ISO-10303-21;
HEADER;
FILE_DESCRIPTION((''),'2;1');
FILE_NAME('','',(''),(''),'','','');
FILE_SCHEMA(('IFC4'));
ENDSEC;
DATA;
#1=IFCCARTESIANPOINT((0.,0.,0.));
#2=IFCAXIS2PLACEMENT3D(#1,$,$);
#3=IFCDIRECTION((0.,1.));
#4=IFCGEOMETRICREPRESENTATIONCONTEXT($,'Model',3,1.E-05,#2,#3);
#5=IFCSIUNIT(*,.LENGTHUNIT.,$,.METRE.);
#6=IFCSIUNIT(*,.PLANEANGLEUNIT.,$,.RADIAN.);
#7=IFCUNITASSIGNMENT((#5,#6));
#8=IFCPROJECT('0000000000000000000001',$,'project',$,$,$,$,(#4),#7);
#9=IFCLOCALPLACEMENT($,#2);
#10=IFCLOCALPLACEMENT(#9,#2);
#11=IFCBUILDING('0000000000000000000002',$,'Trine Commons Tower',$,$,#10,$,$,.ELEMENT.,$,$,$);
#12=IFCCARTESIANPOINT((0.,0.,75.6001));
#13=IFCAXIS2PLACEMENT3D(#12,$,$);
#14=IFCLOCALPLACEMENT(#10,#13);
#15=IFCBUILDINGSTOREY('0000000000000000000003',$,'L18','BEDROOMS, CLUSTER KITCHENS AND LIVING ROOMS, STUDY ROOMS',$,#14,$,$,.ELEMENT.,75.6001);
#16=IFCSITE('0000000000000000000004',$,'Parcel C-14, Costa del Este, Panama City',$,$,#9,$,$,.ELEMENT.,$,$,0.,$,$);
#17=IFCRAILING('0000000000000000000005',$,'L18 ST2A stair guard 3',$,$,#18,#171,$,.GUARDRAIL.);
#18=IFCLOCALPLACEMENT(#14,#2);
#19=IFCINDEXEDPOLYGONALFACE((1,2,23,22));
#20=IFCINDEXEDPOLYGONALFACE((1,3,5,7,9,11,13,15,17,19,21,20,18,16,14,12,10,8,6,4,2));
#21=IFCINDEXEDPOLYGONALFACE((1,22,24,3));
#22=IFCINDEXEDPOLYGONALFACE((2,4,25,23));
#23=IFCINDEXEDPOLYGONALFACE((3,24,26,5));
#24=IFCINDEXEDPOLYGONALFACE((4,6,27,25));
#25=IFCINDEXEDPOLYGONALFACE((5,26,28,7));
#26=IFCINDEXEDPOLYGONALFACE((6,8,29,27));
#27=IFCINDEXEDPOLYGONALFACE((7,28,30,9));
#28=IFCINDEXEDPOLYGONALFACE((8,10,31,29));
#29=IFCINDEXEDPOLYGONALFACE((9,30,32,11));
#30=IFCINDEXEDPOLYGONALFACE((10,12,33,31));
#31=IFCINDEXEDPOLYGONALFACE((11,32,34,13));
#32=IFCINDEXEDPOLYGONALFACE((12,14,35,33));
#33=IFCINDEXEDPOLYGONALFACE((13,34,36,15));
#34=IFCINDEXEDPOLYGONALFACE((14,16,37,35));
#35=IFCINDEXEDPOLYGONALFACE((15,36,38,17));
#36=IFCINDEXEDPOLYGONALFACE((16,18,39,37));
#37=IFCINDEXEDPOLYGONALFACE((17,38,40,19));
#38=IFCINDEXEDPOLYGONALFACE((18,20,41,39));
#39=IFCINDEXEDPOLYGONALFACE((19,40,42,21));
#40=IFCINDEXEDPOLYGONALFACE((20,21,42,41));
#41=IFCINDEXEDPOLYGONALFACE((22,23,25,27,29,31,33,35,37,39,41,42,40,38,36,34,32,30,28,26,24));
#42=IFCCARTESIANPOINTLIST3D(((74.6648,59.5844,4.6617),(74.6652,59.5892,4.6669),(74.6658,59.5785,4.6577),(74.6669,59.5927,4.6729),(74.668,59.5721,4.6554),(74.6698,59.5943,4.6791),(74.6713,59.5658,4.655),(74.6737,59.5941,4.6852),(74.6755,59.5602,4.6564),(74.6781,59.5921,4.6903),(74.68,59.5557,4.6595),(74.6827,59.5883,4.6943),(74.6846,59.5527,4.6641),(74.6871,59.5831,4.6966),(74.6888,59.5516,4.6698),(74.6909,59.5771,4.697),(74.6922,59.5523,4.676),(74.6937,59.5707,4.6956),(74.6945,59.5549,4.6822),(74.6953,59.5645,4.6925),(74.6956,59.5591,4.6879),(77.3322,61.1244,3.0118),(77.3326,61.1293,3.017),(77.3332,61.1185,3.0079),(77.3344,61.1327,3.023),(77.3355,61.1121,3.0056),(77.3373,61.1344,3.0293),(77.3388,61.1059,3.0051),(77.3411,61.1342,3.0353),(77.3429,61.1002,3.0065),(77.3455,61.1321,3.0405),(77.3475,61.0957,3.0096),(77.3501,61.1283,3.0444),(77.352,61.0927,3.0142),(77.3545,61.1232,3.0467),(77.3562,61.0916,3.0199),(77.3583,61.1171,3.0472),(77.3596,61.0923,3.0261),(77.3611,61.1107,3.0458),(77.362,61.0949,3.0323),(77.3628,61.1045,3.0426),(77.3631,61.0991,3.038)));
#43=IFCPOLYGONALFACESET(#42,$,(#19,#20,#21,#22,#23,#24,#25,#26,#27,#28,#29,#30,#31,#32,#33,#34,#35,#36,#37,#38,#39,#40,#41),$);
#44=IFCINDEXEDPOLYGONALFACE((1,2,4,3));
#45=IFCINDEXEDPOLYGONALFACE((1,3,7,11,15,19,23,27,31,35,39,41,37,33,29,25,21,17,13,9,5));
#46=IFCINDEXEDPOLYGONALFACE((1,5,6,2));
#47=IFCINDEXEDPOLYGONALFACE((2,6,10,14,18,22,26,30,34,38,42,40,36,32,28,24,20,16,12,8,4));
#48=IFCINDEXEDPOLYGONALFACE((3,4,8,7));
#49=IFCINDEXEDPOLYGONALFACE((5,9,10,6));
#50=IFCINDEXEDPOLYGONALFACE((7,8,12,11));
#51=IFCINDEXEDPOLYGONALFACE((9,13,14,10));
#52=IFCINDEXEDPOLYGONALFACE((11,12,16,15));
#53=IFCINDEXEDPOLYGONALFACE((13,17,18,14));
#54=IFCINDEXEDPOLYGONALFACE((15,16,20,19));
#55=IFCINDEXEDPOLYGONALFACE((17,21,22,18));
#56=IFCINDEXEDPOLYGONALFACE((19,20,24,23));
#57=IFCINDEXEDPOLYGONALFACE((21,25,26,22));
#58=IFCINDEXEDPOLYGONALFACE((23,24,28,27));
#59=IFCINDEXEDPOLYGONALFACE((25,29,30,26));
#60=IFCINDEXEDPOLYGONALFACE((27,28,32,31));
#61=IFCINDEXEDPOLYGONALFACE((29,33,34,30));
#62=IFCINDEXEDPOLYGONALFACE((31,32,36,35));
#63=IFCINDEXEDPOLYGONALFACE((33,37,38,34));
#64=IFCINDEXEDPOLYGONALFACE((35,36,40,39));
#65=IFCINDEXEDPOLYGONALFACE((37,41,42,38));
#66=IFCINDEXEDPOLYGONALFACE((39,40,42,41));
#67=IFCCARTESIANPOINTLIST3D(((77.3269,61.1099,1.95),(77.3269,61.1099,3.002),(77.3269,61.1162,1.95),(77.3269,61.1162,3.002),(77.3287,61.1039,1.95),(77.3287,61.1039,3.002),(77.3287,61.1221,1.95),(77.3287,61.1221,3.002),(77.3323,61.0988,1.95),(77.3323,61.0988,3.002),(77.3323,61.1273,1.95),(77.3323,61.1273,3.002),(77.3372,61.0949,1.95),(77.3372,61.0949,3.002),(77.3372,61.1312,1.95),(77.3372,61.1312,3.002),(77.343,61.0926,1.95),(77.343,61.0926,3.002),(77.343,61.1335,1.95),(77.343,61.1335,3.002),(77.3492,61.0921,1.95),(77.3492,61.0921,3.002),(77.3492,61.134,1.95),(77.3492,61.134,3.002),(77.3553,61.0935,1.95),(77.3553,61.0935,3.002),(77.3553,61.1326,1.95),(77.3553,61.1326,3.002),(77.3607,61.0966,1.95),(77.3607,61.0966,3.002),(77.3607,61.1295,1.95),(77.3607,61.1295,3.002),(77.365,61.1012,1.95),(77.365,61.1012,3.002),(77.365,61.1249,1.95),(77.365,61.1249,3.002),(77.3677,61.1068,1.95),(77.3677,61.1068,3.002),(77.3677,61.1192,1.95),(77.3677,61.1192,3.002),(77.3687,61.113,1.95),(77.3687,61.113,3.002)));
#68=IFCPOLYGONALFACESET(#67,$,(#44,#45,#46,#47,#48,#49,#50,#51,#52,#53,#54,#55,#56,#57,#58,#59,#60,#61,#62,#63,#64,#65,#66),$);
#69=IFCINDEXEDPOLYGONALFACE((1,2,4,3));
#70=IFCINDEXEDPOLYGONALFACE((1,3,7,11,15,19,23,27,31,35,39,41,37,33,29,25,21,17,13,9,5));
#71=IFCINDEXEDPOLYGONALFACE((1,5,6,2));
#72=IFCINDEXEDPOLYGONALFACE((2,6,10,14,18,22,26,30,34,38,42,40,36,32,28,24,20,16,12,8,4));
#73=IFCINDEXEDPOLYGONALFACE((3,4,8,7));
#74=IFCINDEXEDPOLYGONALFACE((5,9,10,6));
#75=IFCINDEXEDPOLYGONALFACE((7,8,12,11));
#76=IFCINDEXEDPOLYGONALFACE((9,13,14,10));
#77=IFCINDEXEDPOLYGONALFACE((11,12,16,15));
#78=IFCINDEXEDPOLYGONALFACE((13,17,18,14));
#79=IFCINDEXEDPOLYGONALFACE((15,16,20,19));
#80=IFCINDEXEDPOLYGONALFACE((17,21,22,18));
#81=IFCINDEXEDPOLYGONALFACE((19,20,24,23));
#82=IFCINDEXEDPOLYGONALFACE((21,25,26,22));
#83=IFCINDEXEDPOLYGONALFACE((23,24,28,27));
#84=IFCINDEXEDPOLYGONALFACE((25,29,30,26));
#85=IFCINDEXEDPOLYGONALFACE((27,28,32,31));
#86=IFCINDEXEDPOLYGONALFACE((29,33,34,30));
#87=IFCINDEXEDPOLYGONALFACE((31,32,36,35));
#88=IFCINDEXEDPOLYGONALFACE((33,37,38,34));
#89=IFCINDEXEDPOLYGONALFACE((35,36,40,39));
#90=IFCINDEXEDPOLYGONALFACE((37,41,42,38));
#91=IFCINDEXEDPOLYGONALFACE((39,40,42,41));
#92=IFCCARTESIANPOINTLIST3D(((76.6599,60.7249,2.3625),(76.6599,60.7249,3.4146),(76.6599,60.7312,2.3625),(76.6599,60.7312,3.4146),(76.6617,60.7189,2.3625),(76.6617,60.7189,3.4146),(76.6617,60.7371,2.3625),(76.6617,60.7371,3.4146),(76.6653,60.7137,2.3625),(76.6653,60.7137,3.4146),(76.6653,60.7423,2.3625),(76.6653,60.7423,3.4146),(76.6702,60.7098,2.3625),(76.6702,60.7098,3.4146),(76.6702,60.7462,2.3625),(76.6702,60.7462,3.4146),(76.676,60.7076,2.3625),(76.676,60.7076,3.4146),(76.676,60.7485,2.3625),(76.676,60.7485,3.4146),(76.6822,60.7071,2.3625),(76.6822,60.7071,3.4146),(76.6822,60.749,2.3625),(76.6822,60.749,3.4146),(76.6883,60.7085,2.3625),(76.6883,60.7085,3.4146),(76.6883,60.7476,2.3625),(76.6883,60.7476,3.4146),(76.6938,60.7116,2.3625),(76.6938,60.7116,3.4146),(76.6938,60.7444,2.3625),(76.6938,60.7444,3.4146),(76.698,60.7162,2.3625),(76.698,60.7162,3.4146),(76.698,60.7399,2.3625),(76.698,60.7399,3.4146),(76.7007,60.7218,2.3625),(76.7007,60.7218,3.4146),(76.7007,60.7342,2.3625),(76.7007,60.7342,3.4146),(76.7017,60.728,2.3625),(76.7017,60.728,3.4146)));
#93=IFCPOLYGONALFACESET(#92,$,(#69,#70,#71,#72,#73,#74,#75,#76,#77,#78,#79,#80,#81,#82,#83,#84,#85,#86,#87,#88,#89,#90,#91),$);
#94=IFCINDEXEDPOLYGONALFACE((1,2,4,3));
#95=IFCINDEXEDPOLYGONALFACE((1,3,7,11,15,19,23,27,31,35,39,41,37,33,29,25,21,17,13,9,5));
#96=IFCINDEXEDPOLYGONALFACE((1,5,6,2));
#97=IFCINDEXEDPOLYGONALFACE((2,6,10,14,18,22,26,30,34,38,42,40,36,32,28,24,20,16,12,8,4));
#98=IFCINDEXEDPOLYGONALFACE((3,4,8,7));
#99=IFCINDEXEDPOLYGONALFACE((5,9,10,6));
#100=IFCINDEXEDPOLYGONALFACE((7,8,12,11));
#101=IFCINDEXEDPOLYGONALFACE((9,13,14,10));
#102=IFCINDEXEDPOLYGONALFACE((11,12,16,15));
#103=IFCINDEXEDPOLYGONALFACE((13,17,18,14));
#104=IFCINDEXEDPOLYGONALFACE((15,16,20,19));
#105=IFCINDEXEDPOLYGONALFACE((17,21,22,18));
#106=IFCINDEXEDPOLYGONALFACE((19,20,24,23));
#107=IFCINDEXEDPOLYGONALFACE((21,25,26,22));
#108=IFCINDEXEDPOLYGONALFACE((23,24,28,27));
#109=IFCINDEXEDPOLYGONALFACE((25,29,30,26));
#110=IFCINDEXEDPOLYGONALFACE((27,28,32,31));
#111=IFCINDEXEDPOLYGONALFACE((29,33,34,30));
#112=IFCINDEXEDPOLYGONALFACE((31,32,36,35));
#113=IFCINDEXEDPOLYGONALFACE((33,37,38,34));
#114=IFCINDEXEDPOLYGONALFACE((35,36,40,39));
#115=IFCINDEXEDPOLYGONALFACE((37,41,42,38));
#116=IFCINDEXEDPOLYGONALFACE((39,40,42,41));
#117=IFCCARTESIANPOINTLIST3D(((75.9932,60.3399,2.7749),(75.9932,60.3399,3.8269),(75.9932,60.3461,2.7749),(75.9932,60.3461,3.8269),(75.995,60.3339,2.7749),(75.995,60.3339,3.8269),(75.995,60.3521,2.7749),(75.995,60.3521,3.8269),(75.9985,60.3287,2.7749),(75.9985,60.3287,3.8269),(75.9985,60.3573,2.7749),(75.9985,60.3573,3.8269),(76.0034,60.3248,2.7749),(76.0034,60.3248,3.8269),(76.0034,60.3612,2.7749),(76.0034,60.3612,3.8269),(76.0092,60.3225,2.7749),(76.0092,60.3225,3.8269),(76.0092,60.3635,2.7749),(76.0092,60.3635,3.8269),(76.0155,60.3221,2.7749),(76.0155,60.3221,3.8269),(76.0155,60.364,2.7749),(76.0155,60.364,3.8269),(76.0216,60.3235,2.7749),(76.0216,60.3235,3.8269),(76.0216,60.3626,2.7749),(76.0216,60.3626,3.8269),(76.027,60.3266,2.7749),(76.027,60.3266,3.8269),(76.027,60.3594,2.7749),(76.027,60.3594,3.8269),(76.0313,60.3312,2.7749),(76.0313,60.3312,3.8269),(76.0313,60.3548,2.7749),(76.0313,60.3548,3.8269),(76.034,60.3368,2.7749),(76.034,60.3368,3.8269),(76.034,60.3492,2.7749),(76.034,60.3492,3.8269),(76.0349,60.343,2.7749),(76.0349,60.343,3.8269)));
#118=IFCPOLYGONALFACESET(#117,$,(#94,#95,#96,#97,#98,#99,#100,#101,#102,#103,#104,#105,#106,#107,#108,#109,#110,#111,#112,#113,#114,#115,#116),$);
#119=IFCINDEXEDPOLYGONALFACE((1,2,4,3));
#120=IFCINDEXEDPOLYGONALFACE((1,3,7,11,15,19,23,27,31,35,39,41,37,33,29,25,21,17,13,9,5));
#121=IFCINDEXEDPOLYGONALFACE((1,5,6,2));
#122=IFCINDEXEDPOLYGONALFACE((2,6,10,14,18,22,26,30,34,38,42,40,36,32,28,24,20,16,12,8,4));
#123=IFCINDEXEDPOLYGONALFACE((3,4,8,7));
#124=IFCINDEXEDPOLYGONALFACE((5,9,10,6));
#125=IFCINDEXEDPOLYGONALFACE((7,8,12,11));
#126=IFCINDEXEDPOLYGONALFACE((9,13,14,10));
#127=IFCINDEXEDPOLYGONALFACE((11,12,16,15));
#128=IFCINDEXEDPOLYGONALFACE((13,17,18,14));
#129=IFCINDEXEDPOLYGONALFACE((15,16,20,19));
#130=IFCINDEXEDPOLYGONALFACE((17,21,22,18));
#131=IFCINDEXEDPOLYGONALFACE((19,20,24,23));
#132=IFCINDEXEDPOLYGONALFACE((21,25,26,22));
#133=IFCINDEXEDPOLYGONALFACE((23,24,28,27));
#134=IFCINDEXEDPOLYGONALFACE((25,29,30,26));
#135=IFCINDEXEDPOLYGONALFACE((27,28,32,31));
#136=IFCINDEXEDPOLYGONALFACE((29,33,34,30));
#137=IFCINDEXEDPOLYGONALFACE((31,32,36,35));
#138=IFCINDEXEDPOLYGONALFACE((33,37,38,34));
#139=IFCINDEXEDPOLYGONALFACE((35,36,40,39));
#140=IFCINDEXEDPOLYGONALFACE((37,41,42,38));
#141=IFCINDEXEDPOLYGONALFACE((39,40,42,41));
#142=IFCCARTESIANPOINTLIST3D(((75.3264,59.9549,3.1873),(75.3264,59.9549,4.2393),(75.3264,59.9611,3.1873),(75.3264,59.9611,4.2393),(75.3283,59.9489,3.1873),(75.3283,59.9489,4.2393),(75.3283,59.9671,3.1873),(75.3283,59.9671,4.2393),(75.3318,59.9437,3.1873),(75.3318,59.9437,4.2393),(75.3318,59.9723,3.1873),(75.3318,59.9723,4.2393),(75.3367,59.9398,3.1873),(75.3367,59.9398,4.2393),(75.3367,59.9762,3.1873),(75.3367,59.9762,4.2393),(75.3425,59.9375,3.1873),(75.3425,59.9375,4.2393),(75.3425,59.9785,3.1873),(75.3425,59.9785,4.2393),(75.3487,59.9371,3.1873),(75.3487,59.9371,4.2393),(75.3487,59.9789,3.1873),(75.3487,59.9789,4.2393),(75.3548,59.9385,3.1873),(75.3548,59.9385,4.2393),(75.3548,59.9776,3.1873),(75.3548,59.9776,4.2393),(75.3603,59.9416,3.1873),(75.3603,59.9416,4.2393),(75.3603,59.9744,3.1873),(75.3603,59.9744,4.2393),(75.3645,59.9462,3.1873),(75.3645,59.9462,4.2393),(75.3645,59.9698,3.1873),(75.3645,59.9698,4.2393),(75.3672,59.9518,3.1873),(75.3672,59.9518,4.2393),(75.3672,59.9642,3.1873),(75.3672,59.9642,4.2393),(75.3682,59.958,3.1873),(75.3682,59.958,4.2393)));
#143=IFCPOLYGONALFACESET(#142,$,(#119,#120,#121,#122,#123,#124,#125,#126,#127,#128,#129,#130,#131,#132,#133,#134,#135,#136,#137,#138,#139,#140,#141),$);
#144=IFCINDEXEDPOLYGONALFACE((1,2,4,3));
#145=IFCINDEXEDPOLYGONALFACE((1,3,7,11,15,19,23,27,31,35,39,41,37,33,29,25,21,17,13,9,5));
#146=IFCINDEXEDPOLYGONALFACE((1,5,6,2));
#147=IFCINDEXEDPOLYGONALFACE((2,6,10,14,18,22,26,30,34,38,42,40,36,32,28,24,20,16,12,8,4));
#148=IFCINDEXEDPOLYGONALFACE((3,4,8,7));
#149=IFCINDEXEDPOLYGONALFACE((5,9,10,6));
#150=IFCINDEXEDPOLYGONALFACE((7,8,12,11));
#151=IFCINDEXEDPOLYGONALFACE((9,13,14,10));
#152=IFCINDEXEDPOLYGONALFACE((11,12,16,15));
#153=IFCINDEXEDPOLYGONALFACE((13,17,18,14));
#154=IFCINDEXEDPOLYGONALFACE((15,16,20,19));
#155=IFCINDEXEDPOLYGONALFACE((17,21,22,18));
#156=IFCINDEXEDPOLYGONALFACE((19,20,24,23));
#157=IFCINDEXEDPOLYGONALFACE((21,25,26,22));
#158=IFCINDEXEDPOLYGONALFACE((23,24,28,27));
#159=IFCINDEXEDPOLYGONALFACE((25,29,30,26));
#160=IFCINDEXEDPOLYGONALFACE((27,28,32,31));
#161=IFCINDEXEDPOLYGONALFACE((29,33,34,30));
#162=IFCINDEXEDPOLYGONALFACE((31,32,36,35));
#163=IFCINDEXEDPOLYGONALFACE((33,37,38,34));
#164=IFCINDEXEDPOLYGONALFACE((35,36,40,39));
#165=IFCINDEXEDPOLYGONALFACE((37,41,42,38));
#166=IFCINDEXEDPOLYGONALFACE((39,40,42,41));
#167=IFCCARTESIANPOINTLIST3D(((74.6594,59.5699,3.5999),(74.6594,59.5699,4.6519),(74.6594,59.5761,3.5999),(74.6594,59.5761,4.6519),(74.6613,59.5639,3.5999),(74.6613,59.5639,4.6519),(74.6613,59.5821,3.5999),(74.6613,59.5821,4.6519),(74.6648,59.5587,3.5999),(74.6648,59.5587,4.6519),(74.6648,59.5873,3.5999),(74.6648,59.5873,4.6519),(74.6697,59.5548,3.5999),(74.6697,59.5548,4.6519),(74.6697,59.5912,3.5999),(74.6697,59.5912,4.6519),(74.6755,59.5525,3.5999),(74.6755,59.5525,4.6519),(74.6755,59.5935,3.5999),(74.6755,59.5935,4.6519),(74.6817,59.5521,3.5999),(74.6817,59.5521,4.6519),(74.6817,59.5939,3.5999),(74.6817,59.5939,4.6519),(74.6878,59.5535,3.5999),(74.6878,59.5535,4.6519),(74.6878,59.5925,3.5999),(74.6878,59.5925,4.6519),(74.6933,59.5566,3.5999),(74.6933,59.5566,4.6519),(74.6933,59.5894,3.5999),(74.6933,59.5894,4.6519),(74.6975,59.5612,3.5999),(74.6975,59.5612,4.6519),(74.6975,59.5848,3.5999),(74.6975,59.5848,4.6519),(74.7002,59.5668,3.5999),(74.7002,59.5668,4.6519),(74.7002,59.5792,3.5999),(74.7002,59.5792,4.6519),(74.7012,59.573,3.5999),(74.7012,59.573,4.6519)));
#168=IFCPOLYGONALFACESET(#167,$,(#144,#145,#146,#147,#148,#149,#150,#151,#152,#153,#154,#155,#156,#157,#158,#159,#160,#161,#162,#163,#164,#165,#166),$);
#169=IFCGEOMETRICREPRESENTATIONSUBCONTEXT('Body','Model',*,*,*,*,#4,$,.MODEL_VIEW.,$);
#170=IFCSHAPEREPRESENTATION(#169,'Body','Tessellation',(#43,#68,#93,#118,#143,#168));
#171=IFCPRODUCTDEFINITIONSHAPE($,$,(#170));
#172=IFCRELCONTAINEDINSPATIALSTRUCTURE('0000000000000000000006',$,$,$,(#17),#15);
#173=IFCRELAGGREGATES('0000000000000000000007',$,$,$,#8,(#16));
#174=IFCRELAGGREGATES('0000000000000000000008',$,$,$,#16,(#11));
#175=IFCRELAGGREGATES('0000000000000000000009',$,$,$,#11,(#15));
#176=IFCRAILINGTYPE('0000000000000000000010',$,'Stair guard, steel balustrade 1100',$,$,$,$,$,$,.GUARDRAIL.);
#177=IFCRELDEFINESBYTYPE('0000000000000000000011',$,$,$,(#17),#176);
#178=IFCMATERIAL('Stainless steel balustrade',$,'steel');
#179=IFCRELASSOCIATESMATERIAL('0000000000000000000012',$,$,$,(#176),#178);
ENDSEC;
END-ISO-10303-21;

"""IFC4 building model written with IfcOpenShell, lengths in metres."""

from ifc_helpers import new_model, si_unit, direction, frame, origin, origin_2d, place, context, subcontext, project, spatial, circle, extrude, material, type_object, element, save


model = new_model("IFC4")

# Units and contexts
model_context = context("Model", 3, precision=1e-05, world=origin(), true_north=direction((0.0, 1.0)))
body_context = subcontext(model_context, "Body", "Model", "MODEL_VIEW")
ifc_project = project(units=[si_unit("LENGTHUNIT", "METRE"), si_unit("PLANEANGLEUNIT", "RADIAN")], contexts=[model_context])

# Site, building, storey
site_placement = place(None, origin())
site = spatial("IfcSite", under=ifc_project, at=site_placement, Name="Parcel C-14, Costa del Este, Panama City", CompositionType="ELEMENT", RefElevation=0.0)
building_placement = place(site_placement, origin())
building = spatial("IfcBuilding", under=site, at=building_placement, Name="Trine Commons Tower", CompositionType="ELEMENT")
storey_placement = place(building_placement, frame((0.0, 0.0, 75.6001)))
storey = spatial("IfcBuildingStorey", under=building, at=storey_placement, Name="L18", Description="BEDROOMS, CLUSTER KITCHENS AND LIVING ROOMS, STUDY ROOMS", CompositionType="ELEMENT", Elevation=75.6001)

# Railing
ifc_material_1 = material(Name="Stainless steel balustrade", Category="steel")
railing_type_1 = type_object("IfcRailingType", Name="Stair guard, steel balustrade 1100", PredefinedType="GUARDRAIL", material=ifc_material_1)
railing_1_placement = place(storey_placement, frame((77.3477, 61.113, 1.95)))
element("IfcRailing", 1, at=railing_1_placement, inside=storey, type_object=railing_type_1, Name="L18 ST2A stair guard 3", PredefinedType="GUARDRAIL", context=body_context, shape_type="SweptSolid", body=[
    extrude(circle(Radius=0.0239, at=origin_2d()), frame((0.0, 0.0, 1.0762), z_axis=(-0.763405, -0.440743, 0.472185), x_axis=(0.499992, -0.86603, 0.0)), (0.0, 0.0, 1.0), 3.4941),
    extrude(circle(Radius=0.021, at=origin_2d()), origin(), (0.0, 0.0, 1.0), 1.052),
    extrude(circle(Radius=0.021, at=origin_2d()), frame((-0.667, -0.385, 0.4126)), (0.0, 0.0, 1.0), 1.052),
    extrude(circle(Radius=0.021, at=origin_2d()), frame((-1.3337, -0.77, 0.825)), (0.0, 0.0, 1.0), 1.052),
    extrude(circle(Radius=0.021, at=origin_2d()), frame((-2.0005, -1.155, 1.2373)), (0.0, 0.0, 1.0), 1.052),
    extrude(circle(Radius=0.021, at=origin_2d()), frame((-2.6675, -1.54, 1.6499)), (0.0, 0.0, 1.0), 1.052),
])

save(model, "model.ifc")
